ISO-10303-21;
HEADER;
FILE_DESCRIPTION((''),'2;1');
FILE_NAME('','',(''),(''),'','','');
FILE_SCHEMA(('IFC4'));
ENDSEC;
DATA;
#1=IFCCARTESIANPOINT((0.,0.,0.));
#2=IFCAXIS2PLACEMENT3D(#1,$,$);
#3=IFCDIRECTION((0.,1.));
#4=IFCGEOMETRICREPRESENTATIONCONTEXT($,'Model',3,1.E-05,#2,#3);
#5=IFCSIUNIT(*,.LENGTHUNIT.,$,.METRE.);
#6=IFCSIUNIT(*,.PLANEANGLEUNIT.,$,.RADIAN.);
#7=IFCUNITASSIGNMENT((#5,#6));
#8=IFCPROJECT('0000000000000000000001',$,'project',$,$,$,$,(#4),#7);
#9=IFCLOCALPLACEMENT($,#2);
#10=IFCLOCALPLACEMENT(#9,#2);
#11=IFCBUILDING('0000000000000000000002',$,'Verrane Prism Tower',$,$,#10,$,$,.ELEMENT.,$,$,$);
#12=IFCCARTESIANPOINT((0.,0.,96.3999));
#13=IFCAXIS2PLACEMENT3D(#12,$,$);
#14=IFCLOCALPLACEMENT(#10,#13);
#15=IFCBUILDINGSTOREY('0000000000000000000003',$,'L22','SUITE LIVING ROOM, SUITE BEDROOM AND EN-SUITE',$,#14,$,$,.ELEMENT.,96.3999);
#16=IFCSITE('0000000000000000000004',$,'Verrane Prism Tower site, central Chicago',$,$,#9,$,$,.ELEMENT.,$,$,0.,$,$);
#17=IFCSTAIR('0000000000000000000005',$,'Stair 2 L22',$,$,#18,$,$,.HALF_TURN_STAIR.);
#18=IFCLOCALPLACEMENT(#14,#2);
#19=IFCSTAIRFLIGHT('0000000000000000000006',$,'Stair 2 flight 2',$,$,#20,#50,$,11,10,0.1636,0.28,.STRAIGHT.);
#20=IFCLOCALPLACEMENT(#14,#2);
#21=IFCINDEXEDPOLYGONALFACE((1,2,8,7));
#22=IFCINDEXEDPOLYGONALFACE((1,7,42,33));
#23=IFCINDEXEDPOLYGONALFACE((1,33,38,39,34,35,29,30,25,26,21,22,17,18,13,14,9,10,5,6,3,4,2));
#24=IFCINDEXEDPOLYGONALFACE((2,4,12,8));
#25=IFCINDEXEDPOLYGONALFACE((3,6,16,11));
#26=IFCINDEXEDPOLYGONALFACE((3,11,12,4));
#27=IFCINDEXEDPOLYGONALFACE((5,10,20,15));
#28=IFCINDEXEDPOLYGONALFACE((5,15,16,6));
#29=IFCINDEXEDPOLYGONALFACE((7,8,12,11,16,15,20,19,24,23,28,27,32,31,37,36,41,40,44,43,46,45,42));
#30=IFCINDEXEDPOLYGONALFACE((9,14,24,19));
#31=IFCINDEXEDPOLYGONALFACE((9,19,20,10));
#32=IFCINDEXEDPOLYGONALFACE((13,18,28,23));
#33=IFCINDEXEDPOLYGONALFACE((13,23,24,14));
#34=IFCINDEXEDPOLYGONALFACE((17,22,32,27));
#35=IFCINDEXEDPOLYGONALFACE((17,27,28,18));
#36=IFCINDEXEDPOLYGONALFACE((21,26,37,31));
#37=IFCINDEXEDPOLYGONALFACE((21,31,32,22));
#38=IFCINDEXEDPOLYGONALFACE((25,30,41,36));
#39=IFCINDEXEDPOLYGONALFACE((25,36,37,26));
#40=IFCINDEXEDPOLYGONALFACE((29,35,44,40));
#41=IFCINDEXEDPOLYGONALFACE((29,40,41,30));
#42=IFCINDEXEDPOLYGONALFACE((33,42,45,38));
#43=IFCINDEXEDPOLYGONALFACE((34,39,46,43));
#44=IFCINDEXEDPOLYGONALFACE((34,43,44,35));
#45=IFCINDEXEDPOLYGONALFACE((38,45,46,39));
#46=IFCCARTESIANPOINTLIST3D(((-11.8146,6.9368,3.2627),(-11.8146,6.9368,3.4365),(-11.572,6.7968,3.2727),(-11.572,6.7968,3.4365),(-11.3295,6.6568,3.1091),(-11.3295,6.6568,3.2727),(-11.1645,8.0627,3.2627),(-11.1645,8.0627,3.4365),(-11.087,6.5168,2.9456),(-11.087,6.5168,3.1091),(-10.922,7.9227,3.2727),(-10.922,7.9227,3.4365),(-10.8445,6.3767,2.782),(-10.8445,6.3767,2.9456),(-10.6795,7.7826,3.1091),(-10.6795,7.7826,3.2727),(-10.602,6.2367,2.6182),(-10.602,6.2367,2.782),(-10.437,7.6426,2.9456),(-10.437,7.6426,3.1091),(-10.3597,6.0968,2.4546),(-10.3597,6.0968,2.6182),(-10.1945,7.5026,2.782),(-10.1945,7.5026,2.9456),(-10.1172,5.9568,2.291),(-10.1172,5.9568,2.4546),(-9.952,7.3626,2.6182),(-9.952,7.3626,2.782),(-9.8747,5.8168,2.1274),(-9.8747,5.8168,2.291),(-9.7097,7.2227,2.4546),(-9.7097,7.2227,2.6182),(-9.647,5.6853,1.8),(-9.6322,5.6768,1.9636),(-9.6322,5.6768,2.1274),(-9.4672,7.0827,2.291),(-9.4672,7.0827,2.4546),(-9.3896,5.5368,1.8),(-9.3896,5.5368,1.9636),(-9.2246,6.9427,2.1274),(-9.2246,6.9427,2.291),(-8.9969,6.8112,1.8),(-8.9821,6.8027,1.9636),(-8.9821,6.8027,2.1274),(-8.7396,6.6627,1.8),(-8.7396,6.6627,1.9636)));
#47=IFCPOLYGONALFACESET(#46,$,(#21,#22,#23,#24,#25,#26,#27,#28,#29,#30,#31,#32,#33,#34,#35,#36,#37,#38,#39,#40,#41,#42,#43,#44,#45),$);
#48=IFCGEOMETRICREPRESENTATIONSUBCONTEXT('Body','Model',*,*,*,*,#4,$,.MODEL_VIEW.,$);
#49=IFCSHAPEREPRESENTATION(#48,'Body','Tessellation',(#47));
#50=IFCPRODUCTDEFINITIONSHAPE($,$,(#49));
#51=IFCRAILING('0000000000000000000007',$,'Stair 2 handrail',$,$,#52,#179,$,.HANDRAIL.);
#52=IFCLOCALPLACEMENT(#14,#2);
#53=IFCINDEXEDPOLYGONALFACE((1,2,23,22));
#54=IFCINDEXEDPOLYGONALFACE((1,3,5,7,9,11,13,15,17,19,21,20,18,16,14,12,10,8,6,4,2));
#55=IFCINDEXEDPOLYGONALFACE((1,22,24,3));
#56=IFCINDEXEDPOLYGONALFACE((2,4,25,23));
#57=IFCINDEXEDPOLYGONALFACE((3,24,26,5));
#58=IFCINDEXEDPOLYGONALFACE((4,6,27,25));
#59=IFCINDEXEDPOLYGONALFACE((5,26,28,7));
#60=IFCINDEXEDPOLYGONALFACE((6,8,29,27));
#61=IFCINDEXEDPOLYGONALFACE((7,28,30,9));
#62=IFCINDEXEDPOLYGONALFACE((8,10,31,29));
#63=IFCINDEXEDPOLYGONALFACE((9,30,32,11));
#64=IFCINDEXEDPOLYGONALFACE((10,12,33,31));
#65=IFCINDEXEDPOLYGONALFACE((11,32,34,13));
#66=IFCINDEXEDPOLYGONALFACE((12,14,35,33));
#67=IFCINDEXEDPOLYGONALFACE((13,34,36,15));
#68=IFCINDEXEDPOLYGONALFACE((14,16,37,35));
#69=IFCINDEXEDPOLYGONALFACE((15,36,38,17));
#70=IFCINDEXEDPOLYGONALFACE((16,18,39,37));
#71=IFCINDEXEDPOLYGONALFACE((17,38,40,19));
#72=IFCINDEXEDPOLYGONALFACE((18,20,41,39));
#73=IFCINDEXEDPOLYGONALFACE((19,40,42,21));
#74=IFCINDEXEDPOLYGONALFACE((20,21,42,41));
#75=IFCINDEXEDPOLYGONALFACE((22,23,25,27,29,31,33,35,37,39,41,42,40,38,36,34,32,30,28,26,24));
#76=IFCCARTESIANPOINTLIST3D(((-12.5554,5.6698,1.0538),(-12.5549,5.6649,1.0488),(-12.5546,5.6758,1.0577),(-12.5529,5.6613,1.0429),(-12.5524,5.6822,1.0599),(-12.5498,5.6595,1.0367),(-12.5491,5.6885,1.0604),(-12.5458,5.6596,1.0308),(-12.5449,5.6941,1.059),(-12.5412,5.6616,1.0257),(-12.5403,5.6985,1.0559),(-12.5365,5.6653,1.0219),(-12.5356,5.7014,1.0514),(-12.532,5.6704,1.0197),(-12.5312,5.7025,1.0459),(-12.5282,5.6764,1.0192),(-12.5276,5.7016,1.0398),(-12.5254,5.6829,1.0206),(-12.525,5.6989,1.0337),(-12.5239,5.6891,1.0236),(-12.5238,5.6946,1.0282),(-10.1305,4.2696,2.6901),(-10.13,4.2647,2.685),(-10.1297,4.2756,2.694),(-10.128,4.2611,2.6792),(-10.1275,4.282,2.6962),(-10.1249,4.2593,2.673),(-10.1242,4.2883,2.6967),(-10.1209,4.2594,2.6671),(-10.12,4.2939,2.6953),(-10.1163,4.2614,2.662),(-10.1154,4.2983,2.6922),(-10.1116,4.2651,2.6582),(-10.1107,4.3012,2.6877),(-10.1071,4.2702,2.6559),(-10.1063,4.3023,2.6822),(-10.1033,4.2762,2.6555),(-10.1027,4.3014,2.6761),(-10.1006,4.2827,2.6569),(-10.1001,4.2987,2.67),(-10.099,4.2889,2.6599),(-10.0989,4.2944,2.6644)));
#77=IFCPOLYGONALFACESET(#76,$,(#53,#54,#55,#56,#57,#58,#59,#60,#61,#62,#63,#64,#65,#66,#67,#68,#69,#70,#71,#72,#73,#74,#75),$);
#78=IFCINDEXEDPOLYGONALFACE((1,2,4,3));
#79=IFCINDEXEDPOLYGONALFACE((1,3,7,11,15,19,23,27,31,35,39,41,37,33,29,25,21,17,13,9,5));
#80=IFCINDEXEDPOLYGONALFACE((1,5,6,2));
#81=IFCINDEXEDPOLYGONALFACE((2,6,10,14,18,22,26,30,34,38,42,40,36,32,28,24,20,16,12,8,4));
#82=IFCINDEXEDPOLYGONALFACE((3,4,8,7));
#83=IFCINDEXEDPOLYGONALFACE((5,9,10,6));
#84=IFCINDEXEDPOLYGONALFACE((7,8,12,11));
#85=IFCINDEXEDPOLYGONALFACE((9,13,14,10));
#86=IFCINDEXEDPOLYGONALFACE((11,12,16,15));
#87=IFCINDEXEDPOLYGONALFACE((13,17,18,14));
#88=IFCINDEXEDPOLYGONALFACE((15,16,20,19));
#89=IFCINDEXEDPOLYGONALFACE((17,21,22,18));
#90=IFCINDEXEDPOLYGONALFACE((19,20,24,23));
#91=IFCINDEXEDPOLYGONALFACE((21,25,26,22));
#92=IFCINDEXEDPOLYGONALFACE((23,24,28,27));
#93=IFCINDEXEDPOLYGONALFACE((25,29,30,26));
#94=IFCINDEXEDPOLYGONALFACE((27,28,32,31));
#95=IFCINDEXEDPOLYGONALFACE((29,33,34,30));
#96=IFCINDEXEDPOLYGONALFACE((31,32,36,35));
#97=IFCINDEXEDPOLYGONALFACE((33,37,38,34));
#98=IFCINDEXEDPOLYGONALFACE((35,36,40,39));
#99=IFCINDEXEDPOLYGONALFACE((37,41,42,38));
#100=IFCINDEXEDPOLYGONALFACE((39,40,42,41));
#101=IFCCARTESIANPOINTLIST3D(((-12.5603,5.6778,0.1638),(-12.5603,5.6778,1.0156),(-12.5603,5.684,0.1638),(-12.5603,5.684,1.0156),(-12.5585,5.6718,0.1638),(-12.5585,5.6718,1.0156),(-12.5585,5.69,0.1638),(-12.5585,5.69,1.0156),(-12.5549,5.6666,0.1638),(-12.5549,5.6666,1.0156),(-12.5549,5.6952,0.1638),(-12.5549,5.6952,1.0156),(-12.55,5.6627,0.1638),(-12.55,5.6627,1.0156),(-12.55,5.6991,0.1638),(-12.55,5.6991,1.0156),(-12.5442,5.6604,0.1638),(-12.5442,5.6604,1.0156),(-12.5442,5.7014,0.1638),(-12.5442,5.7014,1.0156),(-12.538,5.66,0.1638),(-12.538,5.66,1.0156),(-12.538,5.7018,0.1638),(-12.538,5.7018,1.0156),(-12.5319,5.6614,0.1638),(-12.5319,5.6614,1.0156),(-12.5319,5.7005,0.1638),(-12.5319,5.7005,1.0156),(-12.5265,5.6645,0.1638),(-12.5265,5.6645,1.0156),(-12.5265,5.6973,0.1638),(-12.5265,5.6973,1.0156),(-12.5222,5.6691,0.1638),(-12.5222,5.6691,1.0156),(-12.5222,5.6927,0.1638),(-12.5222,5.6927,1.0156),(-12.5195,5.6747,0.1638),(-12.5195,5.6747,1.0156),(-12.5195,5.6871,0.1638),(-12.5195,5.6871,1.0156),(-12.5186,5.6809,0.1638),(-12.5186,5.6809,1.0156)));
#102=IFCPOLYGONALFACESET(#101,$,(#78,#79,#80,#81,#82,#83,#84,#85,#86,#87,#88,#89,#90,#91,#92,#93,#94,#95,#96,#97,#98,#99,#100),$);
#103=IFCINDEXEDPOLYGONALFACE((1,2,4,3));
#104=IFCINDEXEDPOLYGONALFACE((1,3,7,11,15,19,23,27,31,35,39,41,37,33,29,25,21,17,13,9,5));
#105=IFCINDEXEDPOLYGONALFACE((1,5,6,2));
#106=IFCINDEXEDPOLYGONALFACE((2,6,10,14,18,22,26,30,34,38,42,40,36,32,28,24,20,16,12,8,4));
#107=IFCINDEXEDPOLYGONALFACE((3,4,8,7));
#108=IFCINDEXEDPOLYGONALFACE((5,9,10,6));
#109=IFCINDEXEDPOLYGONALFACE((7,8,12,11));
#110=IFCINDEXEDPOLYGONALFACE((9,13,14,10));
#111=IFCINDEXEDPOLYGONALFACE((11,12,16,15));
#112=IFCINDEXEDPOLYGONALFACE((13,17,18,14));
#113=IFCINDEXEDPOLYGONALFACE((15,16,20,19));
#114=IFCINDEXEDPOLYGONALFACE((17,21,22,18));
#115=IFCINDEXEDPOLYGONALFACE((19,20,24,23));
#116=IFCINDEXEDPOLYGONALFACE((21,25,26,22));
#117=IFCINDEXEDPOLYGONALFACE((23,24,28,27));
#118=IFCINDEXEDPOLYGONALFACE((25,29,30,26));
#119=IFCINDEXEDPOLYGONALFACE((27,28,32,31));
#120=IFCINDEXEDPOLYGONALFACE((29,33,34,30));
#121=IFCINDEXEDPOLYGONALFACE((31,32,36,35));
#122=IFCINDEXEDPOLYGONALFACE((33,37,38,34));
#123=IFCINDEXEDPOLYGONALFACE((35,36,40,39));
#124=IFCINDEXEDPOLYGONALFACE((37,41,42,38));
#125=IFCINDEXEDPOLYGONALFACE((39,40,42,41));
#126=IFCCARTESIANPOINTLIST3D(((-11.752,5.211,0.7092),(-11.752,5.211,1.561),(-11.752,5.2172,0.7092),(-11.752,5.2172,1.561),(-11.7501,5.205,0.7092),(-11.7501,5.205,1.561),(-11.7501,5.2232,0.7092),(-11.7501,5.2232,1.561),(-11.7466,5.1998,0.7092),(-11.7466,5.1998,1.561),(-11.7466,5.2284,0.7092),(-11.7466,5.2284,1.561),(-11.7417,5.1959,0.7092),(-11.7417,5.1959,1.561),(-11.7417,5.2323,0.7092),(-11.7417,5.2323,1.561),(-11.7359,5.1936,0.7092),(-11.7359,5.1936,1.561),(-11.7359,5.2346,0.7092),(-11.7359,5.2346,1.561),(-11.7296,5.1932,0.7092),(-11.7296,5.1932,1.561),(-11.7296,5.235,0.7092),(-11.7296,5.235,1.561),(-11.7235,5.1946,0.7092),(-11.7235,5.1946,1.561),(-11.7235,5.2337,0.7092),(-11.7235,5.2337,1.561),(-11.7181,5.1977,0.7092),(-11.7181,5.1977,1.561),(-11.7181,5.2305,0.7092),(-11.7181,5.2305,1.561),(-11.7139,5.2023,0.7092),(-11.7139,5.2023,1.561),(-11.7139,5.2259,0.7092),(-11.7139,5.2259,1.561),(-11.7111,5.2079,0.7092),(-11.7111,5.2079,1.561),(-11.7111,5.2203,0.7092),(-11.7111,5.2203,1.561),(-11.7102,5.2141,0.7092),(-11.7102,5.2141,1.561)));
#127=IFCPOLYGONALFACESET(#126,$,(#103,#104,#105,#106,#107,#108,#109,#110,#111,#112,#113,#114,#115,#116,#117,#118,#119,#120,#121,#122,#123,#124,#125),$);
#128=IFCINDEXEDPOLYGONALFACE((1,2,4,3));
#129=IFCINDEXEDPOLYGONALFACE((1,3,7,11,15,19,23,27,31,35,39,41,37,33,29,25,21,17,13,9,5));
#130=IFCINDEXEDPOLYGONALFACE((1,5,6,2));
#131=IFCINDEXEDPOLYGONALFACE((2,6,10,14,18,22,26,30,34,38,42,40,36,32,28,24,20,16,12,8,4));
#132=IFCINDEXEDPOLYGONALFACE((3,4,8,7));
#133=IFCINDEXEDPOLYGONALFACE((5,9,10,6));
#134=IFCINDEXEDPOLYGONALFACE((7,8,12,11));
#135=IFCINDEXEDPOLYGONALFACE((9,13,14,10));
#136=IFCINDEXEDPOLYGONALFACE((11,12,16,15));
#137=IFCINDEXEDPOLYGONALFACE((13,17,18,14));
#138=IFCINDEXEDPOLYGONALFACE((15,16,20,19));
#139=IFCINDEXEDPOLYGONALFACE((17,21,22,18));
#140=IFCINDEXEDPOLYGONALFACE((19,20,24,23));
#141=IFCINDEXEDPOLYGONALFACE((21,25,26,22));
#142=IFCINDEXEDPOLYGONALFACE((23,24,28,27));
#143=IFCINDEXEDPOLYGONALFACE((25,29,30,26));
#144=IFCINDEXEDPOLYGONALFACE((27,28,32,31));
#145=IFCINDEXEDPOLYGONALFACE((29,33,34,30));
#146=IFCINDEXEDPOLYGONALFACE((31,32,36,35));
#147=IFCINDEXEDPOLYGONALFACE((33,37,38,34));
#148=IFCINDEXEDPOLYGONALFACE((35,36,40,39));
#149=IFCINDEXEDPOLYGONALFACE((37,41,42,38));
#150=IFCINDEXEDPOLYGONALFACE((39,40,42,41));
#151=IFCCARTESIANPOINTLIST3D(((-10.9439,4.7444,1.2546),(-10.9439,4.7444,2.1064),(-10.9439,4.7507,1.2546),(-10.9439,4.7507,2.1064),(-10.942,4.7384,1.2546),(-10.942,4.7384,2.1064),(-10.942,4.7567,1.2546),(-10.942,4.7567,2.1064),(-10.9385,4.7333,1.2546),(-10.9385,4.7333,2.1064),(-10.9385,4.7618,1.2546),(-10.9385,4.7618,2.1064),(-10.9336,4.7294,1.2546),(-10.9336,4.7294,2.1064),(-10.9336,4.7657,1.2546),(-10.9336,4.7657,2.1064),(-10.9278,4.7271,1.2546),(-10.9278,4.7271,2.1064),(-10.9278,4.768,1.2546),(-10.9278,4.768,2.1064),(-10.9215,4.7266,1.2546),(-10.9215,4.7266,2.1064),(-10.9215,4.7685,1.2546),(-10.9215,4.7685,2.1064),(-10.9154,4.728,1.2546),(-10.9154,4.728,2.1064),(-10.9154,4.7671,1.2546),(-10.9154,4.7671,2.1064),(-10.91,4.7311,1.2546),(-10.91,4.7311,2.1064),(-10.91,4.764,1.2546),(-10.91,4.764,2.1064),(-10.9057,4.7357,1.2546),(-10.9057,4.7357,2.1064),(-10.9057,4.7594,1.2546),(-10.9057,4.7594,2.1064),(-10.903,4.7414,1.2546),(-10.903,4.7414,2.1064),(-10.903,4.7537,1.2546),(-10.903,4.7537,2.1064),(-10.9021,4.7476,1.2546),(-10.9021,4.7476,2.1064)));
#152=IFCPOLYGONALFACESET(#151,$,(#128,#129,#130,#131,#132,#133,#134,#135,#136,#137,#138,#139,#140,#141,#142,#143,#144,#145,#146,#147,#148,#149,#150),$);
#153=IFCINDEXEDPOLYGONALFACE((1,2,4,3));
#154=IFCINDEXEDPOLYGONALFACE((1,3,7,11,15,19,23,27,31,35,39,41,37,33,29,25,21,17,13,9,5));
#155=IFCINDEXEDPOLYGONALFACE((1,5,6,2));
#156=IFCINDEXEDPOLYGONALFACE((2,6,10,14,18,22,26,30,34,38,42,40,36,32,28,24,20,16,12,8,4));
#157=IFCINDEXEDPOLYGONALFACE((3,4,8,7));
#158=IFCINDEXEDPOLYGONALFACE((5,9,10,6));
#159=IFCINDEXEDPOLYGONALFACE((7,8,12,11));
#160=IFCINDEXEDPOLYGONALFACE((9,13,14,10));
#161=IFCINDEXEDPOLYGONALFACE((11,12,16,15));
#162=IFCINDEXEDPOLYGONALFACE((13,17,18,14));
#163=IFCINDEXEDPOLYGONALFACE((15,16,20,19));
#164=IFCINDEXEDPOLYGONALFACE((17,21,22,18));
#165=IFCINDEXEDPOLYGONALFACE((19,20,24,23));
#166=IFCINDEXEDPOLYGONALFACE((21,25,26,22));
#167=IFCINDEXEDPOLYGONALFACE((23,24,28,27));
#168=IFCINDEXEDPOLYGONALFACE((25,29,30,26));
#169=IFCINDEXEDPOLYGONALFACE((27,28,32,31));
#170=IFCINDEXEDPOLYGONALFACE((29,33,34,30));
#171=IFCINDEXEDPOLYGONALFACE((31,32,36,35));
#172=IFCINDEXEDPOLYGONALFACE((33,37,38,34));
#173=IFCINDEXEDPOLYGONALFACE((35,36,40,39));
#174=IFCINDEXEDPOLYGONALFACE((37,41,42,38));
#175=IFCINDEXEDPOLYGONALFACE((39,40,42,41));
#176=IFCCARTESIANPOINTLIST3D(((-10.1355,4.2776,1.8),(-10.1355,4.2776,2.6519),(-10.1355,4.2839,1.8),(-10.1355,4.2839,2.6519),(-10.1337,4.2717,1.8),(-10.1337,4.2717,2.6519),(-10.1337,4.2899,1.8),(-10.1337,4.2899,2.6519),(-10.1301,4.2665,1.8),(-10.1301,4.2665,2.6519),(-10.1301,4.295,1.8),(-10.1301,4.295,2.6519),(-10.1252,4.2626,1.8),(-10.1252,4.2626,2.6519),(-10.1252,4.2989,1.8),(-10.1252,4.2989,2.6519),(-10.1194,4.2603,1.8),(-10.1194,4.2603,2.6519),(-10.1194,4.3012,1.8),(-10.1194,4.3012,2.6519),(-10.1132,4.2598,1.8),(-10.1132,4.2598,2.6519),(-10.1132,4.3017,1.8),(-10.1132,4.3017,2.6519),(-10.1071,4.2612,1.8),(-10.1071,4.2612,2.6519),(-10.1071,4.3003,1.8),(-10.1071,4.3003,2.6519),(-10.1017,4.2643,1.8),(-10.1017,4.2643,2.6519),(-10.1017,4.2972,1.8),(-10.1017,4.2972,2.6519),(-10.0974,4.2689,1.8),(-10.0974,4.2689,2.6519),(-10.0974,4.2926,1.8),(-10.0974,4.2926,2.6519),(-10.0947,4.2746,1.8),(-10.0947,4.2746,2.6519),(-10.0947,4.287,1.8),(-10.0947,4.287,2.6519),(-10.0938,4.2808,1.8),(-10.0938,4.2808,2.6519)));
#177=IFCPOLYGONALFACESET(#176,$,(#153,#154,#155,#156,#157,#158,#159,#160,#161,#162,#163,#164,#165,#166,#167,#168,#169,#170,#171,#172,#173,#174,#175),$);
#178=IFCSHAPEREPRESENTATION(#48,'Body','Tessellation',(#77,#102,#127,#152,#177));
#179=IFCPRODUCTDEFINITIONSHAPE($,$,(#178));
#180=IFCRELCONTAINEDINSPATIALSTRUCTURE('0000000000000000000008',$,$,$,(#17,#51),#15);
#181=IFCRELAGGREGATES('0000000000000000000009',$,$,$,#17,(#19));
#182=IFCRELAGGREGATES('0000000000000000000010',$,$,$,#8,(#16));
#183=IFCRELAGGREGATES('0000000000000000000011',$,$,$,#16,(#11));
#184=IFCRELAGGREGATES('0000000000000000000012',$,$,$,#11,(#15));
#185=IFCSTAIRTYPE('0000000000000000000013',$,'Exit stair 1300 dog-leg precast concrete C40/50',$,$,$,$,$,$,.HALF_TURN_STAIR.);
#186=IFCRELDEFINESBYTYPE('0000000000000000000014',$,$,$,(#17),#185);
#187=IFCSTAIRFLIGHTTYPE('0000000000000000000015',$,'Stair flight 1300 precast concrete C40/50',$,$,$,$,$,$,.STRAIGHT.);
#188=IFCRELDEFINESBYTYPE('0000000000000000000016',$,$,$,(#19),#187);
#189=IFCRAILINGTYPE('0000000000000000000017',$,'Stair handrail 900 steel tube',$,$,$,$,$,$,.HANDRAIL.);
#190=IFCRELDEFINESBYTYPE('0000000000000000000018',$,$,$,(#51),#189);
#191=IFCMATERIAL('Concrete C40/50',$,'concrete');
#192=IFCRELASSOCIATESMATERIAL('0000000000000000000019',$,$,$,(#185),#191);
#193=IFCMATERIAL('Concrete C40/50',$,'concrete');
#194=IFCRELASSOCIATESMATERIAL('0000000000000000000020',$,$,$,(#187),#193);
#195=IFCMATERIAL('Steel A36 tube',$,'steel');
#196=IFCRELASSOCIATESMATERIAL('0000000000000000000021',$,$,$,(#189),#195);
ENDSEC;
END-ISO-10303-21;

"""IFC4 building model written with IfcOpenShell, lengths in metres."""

from ifc_helpers import new_model, si_unit, direction, frame, origin, origin_2d, place, context, subcontext, project, spatial, polyline, circle, outline, extrude, material, type_object, element, aggregate, save


model = new_model("IFC4")

# Units and contexts
model_context = context("Model", 3, precision=1e-05, world=origin(), true_north=direction((0.0, 1.0)))
body_context = subcontext(model_context, "Body", "Model", "MODEL_VIEW")
ifc_project = project(units=[si_unit("LENGTHUNIT", "METRE"), si_unit("PLANEANGLEUNIT", "RADIAN")], contexts=[model_context])

# Site, building, storey
site_placement = place(None, origin())
site = spatial("IfcSite", under=ifc_project, at=site_placement, Name="Verrane Prism Tower site, central Chicago", CompositionType="ELEMENT", RefElevation=0.0)
building_placement = place(site_placement, origin())
building = spatial("IfcBuilding", under=site, at=building_placement, Name="Verrane Prism Tower", CompositionType="ELEMENT")
storey_placement = place(building_placement, frame((0.0, 0.0, 96.3999)))
storey = spatial("IfcBuildingStorey", under=building, at=storey_placement, Name="L22", Description="SUITE LIVING ROOM, SUITE BEDROOM AND EN-SUITE", CompositionType="ELEMENT", Elevation=96.3999)

# Stair, stair flight
ifc_material_1 = material(Name="Concrete C40/50", Category="concrete")
stair_type = type_object("IfcStairType", Name="Exit stair 1300 dog-leg precast concrete C40/50", PredefinedType="HALF_TURN_STAIR", material=ifc_material_1)
stair_placement = place(storey_placement, origin())
stair = element("IfcStair", 1, at=stair_placement, inside=storey, type_object=stair_type, Name="Stair 2 L22", PredefinedType="HALF_TURN_STAIR")
ifc_material_2 = material(Name="Concrete C40/50", Category="concrete")
stair_flight_type = type_object("IfcStairFlightType", Name="Stair flight 1300 precast concrete C40/50", PredefinedType="STRAIGHT", material=ifc_material_2)
stair_flight_1_placement = place(storey_placement, frame((-9.0647, 6.0996, 1.8), z_axis=(0.0, 0.0, 1.0), x_axis=(-0.866025, 0.5, 0.0)))
stair_flight_1 = element("IfcStairFlight", 2, at=stair_flight_1_placement, type_object=stair_flight_type, Name="Stair 2 flight 2", NumberOfRisers=11, NumberOfTreads=10, PredefinedType="STRAIGHT", RiserHeight=0.1636, TreadLength=0.28, context=body_context, shape_type="SweptSolid", body=[
    extrude(outline(polyline([(0.0, 0.0), (0.0, 0.1636), (0.28, 0.1636), (0.28, 0.3274), (0.5601, 0.3274), (0.5601, 0.491), (0.8401, 0.491), (0.8401, 0.6545), (1.1201, 0.6545), (1.1201, 0.8181), (1.3999, 0.8181), (1.3999, 0.9819), (1.6799, 0.9819), (1.6799, 1.1455), (1.96, 1.1455), (1.96, 1.3091), (2.24, 1.3091), (2.24, 1.4727), (2.52, 1.4727), (2.52, 1.6365), (2.8, 1.6365), (2.8, 1.8), (2.8, 1.4626), (0.2971, 0.0), (0.0, 0.0)])), frame((0.0, 0.6499, 0.0), z_axis=(0.0, -1.0, 0.0), x_axis=(1.0, 0.0, 0.0)), (0.0, 0.0, 1.0), 1.3),
])
aggregate(stair, [stair_flight_1])

# Railing
ifc_material_3 = material(Name="Steel A36 tube", Category="steel")
railing_type_1 = type_object("IfcRailingType", Name="Stair handrail 900 steel tube", PredefinedType="HANDRAIL", material=ifc_material_3)
railing_1_placement = place(storey_placement, frame((-12.5396, 5.6809, 0.1638)))
element("IfcRailing", 3, at=railing_1_placement, inside=storey, type_object=railing_type_1, Name="Stair 2 handrail", PredefinedType="HANDRAIL", context=body_context, shape_type="SweptSolid", body=[
    extrude(circle(Radius=0.0239, at=origin_2d()), frame((0.0, 0.0, 0.876), z_axis=(0.747694, -0.431738, 0.504535), x_axis=(0.50005, 0.865997, 0.0)), (0.0, 0.0, 1.0), 3.2432),
    extrude(circle(Radius=0.021, at=origin_2d()), origin(), (0.0, 0.0, 1.0), 0.8518),
    extrude(circle(Radius=0.021, at=origin_2d()), frame((0.8083, -0.4668, 0.5454)), (0.0, 0.0, 1.0), 0.8518),
    extrude(circle(Radius=0.021, at=origin_2d()), frame((1.6165, -0.9333, 1.0908)), (0.0, 0.0, 1.0), 0.8518),
    extrude(circle(Radius=0.021, at=origin_2d()), frame((2.4248, -1.4001, 1.6362)), (0.0, 0.0, 1.0), 0.8518),
])

save(model, "model.ifc")
